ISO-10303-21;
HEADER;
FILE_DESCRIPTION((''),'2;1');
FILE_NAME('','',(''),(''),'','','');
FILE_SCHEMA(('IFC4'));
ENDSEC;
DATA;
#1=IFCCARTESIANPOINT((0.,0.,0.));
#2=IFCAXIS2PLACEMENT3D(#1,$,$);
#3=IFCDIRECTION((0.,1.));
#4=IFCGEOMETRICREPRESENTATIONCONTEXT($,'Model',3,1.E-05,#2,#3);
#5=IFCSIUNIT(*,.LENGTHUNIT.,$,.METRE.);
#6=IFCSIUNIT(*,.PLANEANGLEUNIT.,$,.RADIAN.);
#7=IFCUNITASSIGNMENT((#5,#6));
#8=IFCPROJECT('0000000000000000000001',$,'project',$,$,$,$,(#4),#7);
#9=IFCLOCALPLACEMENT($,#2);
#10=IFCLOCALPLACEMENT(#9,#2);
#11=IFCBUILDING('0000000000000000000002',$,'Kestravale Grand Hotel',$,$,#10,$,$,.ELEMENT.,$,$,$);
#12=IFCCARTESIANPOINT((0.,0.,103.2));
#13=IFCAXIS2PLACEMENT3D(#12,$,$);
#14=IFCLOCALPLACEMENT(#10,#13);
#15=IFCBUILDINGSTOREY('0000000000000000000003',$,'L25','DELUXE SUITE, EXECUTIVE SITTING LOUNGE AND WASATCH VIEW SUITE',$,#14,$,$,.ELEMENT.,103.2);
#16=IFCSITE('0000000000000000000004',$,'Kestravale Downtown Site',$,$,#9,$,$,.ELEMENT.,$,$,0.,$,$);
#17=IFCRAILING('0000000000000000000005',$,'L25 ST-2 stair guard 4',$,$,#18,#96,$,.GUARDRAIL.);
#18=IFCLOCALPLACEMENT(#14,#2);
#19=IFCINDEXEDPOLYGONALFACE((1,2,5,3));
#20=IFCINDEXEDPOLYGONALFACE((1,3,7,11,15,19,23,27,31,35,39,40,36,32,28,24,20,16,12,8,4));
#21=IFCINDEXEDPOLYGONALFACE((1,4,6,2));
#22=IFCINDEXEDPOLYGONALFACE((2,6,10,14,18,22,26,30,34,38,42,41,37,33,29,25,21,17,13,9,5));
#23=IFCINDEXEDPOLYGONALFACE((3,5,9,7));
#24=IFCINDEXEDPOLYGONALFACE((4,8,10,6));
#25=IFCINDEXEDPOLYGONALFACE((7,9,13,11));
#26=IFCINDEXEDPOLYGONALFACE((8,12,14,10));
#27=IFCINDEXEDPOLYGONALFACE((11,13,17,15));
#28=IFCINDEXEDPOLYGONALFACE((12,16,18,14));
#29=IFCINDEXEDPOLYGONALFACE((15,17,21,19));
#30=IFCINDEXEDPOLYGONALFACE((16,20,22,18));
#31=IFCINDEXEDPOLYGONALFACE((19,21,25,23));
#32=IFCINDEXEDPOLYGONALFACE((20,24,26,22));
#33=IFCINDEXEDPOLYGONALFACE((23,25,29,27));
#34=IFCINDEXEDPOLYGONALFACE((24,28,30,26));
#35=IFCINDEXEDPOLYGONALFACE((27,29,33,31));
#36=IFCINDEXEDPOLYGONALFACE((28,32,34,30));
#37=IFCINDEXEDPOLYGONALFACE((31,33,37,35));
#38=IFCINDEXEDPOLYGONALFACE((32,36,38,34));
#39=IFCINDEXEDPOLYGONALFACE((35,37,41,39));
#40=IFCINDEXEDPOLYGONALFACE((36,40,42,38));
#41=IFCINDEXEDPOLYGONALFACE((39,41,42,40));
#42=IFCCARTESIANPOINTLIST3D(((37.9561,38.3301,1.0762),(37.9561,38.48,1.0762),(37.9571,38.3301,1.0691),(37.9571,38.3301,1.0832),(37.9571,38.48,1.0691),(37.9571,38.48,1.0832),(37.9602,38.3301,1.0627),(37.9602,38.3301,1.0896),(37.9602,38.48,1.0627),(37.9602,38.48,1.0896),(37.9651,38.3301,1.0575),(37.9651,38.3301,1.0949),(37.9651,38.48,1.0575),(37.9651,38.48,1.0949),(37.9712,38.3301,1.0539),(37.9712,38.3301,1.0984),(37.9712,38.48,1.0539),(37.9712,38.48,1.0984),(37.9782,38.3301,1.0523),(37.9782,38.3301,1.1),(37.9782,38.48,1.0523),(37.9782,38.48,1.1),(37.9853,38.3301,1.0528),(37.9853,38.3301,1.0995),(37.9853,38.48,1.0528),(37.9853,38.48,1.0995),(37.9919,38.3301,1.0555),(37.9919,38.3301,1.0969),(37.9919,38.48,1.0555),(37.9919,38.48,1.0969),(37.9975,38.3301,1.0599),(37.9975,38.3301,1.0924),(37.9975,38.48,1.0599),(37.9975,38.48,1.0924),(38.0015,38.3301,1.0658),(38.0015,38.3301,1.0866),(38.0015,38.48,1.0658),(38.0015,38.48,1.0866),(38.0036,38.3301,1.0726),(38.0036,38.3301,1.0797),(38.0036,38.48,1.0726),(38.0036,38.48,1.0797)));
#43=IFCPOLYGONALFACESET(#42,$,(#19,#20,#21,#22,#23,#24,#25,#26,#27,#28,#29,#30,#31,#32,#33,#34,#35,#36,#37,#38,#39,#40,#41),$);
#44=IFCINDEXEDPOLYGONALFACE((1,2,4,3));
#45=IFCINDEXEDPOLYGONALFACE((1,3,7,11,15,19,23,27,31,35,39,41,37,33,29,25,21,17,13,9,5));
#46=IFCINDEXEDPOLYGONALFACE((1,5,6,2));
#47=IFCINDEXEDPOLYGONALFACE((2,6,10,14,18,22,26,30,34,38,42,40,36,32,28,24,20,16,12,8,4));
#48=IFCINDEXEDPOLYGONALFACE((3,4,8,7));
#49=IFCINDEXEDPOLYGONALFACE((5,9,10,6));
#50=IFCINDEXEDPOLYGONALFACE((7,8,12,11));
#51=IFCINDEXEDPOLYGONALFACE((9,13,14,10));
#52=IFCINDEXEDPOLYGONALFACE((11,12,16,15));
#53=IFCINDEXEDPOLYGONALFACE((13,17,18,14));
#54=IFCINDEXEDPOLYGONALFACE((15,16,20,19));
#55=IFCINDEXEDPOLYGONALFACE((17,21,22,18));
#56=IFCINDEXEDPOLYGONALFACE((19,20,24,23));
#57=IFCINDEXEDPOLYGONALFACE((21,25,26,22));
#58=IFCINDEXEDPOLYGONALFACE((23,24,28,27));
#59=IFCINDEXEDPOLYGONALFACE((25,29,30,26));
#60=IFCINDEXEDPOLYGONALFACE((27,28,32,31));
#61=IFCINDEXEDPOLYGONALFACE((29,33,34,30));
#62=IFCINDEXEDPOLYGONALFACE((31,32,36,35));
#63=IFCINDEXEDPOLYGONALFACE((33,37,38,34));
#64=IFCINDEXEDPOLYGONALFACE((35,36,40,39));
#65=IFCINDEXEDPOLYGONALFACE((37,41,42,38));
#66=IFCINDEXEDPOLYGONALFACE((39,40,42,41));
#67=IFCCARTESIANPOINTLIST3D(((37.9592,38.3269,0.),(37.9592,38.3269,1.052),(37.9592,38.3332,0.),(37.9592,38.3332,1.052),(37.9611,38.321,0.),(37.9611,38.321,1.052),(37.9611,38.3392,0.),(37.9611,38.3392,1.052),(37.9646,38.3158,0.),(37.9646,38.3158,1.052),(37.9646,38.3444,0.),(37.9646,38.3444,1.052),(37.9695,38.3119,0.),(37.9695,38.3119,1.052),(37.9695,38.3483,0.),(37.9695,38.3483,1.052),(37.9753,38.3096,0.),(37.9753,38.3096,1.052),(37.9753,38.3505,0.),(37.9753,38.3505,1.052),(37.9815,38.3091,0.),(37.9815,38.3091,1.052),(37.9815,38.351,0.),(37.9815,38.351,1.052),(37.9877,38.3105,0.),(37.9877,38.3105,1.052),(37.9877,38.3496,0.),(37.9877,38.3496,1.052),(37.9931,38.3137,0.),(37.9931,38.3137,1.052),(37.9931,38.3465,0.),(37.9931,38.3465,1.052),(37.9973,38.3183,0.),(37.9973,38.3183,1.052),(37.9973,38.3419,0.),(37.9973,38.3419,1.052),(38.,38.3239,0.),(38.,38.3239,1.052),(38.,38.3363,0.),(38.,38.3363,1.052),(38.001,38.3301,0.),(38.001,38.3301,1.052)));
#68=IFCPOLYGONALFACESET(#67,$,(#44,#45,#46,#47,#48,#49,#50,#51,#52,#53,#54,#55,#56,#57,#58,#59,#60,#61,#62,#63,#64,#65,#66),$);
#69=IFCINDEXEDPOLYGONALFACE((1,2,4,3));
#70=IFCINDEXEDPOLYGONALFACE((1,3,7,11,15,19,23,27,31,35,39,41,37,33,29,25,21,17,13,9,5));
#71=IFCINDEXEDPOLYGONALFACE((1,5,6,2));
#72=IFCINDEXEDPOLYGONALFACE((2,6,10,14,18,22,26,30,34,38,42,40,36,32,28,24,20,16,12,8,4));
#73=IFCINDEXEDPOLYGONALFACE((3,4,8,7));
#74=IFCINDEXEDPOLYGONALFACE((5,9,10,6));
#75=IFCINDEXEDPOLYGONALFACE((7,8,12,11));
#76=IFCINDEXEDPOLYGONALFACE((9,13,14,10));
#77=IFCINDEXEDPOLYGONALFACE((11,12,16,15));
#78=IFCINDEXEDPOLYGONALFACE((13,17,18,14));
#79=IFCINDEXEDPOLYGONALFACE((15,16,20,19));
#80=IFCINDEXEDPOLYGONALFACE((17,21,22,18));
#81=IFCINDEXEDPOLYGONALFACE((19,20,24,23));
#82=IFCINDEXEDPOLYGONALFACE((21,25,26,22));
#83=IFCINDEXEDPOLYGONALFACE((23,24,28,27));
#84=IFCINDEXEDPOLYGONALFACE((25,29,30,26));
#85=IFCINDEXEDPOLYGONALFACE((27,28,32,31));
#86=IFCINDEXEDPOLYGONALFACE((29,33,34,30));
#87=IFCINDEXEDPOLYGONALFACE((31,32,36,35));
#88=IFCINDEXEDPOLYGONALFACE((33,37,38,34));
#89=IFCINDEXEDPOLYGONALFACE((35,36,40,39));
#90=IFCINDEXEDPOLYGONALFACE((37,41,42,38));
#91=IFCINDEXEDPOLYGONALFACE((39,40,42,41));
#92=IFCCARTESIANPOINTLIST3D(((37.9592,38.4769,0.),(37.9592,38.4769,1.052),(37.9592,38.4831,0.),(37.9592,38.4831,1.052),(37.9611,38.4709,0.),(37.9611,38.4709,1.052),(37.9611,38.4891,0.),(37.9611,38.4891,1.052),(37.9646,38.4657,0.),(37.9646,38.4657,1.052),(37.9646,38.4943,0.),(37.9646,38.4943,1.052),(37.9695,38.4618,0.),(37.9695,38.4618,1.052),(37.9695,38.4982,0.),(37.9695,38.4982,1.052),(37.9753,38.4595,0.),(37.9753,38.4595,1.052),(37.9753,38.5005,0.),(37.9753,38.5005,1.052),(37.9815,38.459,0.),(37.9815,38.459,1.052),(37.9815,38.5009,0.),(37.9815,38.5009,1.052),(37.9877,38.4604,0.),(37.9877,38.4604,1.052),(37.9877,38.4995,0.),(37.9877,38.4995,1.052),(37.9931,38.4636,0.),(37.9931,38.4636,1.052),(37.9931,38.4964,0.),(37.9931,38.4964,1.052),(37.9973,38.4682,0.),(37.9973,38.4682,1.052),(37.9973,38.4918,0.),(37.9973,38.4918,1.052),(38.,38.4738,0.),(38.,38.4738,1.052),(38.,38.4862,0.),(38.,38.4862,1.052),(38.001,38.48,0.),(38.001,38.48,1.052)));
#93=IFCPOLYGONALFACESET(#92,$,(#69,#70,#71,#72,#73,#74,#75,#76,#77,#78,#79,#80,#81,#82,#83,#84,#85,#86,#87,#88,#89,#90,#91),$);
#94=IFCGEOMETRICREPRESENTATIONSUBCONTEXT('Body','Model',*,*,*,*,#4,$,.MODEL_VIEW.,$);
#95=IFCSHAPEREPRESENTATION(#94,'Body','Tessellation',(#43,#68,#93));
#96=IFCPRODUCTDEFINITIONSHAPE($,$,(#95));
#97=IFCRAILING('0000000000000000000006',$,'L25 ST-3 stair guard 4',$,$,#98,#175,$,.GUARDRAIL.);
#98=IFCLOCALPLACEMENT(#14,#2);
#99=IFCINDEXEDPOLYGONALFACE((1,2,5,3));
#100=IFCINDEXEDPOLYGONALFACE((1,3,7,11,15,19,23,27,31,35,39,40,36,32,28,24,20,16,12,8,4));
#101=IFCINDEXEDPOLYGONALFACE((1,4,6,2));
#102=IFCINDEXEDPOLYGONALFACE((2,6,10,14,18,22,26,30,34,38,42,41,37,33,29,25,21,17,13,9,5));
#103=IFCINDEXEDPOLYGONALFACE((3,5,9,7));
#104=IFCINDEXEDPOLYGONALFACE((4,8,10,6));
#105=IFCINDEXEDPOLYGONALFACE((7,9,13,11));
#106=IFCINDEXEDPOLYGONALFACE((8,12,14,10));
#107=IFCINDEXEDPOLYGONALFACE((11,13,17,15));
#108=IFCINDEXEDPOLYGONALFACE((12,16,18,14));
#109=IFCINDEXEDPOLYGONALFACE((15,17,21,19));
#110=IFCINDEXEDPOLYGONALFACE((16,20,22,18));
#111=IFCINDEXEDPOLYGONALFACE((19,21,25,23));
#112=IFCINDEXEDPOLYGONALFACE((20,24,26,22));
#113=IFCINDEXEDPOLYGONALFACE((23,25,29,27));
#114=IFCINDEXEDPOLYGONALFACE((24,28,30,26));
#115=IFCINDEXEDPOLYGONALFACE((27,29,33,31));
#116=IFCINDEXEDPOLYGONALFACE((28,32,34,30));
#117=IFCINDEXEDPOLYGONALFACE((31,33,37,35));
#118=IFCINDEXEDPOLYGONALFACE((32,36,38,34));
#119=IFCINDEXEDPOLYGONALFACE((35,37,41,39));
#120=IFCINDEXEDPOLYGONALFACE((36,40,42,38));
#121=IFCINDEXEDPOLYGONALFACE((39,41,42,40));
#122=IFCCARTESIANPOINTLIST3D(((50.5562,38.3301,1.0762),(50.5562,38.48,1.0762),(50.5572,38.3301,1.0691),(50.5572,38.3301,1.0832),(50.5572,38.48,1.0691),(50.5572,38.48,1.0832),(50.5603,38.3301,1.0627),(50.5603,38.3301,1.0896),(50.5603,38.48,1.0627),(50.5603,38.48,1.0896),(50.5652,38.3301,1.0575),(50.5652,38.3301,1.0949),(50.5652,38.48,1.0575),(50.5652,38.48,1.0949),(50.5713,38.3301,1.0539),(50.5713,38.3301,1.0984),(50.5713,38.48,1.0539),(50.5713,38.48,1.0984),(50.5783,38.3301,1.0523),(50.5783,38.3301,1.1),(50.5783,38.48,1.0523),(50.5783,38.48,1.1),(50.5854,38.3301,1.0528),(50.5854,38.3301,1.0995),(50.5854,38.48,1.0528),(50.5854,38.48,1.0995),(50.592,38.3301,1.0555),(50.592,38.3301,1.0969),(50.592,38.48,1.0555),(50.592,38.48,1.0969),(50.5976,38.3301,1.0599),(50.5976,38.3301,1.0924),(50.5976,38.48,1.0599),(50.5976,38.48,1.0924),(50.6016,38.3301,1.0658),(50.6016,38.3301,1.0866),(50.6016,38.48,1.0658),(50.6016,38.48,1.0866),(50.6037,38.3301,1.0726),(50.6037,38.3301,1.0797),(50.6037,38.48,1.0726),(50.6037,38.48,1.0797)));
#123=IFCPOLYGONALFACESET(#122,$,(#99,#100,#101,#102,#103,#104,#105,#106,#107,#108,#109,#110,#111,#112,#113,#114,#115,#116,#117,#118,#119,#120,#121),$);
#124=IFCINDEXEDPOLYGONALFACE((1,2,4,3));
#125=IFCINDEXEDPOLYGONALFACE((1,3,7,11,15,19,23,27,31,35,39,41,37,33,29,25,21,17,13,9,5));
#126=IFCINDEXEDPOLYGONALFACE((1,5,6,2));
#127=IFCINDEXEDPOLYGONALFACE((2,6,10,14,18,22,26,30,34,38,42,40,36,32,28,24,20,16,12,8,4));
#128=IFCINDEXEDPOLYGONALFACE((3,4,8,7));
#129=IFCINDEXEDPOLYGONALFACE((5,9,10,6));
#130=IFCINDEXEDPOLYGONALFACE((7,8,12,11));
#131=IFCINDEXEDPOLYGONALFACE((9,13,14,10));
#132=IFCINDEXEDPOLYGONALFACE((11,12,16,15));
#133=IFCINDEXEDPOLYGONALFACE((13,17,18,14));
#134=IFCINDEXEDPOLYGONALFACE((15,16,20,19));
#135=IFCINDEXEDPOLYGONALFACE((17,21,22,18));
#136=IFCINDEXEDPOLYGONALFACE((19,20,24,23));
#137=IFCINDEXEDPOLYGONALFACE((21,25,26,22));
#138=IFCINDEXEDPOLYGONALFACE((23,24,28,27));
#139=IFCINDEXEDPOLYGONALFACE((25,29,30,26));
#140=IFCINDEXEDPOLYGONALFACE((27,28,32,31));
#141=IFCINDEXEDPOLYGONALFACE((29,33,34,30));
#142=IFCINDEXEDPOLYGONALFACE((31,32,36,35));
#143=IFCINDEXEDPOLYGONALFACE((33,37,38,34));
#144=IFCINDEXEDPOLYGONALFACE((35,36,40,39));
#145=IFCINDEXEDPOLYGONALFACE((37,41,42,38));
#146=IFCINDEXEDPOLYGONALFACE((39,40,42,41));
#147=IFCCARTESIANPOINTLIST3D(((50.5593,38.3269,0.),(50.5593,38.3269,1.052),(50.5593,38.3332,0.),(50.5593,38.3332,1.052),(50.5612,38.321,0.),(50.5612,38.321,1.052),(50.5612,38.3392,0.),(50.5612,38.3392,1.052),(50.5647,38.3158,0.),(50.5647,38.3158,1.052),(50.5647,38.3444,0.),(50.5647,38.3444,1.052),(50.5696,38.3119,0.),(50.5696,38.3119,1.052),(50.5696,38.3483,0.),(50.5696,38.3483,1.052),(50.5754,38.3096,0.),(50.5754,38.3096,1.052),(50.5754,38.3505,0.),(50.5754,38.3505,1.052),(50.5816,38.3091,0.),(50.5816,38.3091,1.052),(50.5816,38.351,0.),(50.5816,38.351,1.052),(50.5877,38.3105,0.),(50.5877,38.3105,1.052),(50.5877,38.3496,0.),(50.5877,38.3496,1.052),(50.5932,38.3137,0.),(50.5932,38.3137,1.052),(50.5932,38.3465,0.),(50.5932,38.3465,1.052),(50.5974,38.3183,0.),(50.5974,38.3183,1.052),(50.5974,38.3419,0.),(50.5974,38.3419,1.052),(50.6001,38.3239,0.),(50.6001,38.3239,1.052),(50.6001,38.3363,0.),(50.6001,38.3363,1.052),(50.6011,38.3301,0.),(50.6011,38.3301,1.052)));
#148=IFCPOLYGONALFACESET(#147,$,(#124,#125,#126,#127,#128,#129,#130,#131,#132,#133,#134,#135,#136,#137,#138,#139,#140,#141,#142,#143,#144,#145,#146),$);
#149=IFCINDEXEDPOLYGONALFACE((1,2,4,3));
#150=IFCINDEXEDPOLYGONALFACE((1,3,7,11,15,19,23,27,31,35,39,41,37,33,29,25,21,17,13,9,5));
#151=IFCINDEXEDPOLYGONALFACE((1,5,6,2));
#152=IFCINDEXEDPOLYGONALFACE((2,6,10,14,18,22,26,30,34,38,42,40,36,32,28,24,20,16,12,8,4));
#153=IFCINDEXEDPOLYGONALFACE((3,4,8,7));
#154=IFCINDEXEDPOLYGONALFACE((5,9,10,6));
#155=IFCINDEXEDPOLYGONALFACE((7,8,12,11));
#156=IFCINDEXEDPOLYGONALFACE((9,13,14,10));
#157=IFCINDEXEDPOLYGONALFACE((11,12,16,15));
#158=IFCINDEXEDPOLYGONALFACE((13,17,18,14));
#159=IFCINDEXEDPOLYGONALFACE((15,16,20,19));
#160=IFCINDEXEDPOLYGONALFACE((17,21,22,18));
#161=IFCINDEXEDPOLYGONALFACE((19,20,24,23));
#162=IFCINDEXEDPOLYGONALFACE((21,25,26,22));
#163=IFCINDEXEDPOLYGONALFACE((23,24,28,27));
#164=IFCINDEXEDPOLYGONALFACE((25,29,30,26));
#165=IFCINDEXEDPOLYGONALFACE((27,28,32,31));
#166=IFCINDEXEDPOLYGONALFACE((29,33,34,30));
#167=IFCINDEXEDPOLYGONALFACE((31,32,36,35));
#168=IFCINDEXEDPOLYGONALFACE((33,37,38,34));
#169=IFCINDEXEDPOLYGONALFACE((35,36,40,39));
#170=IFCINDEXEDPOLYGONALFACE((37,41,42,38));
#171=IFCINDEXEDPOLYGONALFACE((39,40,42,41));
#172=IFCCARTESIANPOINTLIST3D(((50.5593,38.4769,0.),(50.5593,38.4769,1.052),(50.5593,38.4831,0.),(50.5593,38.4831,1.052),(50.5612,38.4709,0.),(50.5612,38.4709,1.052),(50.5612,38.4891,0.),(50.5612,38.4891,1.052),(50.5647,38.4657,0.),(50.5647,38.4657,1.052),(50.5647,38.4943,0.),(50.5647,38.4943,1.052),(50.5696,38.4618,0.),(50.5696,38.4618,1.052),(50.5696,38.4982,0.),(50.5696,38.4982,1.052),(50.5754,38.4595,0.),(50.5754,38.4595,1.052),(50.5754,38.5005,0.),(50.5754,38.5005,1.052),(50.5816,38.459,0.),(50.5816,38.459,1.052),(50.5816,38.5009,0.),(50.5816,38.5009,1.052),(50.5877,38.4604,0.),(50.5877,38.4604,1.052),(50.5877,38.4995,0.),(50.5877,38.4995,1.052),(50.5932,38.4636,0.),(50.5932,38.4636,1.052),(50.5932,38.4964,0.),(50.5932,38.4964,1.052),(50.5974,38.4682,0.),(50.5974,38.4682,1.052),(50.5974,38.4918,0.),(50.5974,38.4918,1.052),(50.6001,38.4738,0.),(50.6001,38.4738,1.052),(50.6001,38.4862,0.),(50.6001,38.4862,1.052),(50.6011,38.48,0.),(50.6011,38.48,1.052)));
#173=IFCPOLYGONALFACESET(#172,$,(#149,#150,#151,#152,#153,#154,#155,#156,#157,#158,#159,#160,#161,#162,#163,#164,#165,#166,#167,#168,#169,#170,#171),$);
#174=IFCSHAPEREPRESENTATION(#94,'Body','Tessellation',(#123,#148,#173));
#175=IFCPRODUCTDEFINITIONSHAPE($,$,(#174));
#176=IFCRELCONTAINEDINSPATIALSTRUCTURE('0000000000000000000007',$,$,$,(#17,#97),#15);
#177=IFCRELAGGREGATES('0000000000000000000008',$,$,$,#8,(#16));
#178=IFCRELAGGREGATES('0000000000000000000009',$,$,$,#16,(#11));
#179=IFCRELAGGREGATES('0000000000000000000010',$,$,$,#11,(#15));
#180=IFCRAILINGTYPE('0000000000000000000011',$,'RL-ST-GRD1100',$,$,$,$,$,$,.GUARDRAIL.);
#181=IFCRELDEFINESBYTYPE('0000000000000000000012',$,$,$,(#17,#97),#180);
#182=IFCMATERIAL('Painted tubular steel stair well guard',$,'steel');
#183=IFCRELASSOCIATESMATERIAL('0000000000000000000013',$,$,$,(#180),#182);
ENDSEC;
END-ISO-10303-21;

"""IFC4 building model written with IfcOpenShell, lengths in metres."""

from ifc_helpers import new_model, si_unit, direction, frame, origin, origin_2d, place, context, subcontext, project, spatial, circle, extrude, material, type_object, element, save


model = new_model("IFC4")

# Units and contexts
model_context = context("Model", 3, precision=1e-05, world=origin(), true_north=direction((0.0, 1.0)))
body_context = subcontext(model_context, "Body", "Model", "MODEL_VIEW")
ifc_project = project(units=[si_unit("LENGTHUNIT", "METRE"), si_unit("PLANEANGLEUNIT", "RADIAN")], contexts=[model_context])

# Site, building, storey
site_placement = place(None, origin())
site = spatial("IfcSite", under=ifc_project, at=site_placement, Name="Kestravale Downtown Site", CompositionType="ELEMENT", RefElevation=0.0)
building_placement = place(site_placement, origin())
building = spatial("IfcBuilding", under=site, at=building_placement, Name="Kestravale Grand Hotel", CompositionType="ELEMENT")
storey_placement = place(building_placement, frame((0.0, 0.0, 103.2)))
storey = spatial("IfcBuildingStorey", under=building, at=storey_placement, Name="L25", Description="DELUXE SUITE, EXECUTIVE SITTING LOUNGE AND WASATCH VIEW SUITE", CompositionType="ELEMENT", Elevation=103.2)

# Railings
ifc_material_1 = material(Name="Painted tubular steel stair well guard", Category="steel")
railing_type_1 = type_object("IfcRailingType", Name="RL-ST-GRD1100", PredefinedType="GUARDRAIL", material=ifc_material_1)
for number, where, name in (
    (1, (37.98, 38.3301, 0.0), "L25 ST-2 stair guard 4"),
    (2, (50.5801, 38.3301, 0.0), "L25 ST-3 stair guard 4"),
):
    element("IfcRailing", number, at=place(storey_placement, frame(where)), inside=storey, type_object=railing_type_1, Name=name, PredefinedType="GUARDRAIL", context=body_context, shape_type="SweptSolid", body=[
        extrude(circle(Radius=0.0239, at=origin_2d()), frame((0.0, 0.0, 1.0762), z_axis=(0.0, 1.0, 0.0), x_axis=(-1.0, 0.0, 0.0)), (0.0, 0.0, 1.0), 0.1499),
        extrude(circle(Radius=0.021, at=origin_2d()), origin(), (0.0, 0.0, 1.0), 1.052),
        extrude(circle(Radius=0.021, at=origin_2d()), frame((0.0, 0.1499, 0.0)), (0.0, 0.0, 1.0), 1.052),
    ])

save(model, "model.ifc")
